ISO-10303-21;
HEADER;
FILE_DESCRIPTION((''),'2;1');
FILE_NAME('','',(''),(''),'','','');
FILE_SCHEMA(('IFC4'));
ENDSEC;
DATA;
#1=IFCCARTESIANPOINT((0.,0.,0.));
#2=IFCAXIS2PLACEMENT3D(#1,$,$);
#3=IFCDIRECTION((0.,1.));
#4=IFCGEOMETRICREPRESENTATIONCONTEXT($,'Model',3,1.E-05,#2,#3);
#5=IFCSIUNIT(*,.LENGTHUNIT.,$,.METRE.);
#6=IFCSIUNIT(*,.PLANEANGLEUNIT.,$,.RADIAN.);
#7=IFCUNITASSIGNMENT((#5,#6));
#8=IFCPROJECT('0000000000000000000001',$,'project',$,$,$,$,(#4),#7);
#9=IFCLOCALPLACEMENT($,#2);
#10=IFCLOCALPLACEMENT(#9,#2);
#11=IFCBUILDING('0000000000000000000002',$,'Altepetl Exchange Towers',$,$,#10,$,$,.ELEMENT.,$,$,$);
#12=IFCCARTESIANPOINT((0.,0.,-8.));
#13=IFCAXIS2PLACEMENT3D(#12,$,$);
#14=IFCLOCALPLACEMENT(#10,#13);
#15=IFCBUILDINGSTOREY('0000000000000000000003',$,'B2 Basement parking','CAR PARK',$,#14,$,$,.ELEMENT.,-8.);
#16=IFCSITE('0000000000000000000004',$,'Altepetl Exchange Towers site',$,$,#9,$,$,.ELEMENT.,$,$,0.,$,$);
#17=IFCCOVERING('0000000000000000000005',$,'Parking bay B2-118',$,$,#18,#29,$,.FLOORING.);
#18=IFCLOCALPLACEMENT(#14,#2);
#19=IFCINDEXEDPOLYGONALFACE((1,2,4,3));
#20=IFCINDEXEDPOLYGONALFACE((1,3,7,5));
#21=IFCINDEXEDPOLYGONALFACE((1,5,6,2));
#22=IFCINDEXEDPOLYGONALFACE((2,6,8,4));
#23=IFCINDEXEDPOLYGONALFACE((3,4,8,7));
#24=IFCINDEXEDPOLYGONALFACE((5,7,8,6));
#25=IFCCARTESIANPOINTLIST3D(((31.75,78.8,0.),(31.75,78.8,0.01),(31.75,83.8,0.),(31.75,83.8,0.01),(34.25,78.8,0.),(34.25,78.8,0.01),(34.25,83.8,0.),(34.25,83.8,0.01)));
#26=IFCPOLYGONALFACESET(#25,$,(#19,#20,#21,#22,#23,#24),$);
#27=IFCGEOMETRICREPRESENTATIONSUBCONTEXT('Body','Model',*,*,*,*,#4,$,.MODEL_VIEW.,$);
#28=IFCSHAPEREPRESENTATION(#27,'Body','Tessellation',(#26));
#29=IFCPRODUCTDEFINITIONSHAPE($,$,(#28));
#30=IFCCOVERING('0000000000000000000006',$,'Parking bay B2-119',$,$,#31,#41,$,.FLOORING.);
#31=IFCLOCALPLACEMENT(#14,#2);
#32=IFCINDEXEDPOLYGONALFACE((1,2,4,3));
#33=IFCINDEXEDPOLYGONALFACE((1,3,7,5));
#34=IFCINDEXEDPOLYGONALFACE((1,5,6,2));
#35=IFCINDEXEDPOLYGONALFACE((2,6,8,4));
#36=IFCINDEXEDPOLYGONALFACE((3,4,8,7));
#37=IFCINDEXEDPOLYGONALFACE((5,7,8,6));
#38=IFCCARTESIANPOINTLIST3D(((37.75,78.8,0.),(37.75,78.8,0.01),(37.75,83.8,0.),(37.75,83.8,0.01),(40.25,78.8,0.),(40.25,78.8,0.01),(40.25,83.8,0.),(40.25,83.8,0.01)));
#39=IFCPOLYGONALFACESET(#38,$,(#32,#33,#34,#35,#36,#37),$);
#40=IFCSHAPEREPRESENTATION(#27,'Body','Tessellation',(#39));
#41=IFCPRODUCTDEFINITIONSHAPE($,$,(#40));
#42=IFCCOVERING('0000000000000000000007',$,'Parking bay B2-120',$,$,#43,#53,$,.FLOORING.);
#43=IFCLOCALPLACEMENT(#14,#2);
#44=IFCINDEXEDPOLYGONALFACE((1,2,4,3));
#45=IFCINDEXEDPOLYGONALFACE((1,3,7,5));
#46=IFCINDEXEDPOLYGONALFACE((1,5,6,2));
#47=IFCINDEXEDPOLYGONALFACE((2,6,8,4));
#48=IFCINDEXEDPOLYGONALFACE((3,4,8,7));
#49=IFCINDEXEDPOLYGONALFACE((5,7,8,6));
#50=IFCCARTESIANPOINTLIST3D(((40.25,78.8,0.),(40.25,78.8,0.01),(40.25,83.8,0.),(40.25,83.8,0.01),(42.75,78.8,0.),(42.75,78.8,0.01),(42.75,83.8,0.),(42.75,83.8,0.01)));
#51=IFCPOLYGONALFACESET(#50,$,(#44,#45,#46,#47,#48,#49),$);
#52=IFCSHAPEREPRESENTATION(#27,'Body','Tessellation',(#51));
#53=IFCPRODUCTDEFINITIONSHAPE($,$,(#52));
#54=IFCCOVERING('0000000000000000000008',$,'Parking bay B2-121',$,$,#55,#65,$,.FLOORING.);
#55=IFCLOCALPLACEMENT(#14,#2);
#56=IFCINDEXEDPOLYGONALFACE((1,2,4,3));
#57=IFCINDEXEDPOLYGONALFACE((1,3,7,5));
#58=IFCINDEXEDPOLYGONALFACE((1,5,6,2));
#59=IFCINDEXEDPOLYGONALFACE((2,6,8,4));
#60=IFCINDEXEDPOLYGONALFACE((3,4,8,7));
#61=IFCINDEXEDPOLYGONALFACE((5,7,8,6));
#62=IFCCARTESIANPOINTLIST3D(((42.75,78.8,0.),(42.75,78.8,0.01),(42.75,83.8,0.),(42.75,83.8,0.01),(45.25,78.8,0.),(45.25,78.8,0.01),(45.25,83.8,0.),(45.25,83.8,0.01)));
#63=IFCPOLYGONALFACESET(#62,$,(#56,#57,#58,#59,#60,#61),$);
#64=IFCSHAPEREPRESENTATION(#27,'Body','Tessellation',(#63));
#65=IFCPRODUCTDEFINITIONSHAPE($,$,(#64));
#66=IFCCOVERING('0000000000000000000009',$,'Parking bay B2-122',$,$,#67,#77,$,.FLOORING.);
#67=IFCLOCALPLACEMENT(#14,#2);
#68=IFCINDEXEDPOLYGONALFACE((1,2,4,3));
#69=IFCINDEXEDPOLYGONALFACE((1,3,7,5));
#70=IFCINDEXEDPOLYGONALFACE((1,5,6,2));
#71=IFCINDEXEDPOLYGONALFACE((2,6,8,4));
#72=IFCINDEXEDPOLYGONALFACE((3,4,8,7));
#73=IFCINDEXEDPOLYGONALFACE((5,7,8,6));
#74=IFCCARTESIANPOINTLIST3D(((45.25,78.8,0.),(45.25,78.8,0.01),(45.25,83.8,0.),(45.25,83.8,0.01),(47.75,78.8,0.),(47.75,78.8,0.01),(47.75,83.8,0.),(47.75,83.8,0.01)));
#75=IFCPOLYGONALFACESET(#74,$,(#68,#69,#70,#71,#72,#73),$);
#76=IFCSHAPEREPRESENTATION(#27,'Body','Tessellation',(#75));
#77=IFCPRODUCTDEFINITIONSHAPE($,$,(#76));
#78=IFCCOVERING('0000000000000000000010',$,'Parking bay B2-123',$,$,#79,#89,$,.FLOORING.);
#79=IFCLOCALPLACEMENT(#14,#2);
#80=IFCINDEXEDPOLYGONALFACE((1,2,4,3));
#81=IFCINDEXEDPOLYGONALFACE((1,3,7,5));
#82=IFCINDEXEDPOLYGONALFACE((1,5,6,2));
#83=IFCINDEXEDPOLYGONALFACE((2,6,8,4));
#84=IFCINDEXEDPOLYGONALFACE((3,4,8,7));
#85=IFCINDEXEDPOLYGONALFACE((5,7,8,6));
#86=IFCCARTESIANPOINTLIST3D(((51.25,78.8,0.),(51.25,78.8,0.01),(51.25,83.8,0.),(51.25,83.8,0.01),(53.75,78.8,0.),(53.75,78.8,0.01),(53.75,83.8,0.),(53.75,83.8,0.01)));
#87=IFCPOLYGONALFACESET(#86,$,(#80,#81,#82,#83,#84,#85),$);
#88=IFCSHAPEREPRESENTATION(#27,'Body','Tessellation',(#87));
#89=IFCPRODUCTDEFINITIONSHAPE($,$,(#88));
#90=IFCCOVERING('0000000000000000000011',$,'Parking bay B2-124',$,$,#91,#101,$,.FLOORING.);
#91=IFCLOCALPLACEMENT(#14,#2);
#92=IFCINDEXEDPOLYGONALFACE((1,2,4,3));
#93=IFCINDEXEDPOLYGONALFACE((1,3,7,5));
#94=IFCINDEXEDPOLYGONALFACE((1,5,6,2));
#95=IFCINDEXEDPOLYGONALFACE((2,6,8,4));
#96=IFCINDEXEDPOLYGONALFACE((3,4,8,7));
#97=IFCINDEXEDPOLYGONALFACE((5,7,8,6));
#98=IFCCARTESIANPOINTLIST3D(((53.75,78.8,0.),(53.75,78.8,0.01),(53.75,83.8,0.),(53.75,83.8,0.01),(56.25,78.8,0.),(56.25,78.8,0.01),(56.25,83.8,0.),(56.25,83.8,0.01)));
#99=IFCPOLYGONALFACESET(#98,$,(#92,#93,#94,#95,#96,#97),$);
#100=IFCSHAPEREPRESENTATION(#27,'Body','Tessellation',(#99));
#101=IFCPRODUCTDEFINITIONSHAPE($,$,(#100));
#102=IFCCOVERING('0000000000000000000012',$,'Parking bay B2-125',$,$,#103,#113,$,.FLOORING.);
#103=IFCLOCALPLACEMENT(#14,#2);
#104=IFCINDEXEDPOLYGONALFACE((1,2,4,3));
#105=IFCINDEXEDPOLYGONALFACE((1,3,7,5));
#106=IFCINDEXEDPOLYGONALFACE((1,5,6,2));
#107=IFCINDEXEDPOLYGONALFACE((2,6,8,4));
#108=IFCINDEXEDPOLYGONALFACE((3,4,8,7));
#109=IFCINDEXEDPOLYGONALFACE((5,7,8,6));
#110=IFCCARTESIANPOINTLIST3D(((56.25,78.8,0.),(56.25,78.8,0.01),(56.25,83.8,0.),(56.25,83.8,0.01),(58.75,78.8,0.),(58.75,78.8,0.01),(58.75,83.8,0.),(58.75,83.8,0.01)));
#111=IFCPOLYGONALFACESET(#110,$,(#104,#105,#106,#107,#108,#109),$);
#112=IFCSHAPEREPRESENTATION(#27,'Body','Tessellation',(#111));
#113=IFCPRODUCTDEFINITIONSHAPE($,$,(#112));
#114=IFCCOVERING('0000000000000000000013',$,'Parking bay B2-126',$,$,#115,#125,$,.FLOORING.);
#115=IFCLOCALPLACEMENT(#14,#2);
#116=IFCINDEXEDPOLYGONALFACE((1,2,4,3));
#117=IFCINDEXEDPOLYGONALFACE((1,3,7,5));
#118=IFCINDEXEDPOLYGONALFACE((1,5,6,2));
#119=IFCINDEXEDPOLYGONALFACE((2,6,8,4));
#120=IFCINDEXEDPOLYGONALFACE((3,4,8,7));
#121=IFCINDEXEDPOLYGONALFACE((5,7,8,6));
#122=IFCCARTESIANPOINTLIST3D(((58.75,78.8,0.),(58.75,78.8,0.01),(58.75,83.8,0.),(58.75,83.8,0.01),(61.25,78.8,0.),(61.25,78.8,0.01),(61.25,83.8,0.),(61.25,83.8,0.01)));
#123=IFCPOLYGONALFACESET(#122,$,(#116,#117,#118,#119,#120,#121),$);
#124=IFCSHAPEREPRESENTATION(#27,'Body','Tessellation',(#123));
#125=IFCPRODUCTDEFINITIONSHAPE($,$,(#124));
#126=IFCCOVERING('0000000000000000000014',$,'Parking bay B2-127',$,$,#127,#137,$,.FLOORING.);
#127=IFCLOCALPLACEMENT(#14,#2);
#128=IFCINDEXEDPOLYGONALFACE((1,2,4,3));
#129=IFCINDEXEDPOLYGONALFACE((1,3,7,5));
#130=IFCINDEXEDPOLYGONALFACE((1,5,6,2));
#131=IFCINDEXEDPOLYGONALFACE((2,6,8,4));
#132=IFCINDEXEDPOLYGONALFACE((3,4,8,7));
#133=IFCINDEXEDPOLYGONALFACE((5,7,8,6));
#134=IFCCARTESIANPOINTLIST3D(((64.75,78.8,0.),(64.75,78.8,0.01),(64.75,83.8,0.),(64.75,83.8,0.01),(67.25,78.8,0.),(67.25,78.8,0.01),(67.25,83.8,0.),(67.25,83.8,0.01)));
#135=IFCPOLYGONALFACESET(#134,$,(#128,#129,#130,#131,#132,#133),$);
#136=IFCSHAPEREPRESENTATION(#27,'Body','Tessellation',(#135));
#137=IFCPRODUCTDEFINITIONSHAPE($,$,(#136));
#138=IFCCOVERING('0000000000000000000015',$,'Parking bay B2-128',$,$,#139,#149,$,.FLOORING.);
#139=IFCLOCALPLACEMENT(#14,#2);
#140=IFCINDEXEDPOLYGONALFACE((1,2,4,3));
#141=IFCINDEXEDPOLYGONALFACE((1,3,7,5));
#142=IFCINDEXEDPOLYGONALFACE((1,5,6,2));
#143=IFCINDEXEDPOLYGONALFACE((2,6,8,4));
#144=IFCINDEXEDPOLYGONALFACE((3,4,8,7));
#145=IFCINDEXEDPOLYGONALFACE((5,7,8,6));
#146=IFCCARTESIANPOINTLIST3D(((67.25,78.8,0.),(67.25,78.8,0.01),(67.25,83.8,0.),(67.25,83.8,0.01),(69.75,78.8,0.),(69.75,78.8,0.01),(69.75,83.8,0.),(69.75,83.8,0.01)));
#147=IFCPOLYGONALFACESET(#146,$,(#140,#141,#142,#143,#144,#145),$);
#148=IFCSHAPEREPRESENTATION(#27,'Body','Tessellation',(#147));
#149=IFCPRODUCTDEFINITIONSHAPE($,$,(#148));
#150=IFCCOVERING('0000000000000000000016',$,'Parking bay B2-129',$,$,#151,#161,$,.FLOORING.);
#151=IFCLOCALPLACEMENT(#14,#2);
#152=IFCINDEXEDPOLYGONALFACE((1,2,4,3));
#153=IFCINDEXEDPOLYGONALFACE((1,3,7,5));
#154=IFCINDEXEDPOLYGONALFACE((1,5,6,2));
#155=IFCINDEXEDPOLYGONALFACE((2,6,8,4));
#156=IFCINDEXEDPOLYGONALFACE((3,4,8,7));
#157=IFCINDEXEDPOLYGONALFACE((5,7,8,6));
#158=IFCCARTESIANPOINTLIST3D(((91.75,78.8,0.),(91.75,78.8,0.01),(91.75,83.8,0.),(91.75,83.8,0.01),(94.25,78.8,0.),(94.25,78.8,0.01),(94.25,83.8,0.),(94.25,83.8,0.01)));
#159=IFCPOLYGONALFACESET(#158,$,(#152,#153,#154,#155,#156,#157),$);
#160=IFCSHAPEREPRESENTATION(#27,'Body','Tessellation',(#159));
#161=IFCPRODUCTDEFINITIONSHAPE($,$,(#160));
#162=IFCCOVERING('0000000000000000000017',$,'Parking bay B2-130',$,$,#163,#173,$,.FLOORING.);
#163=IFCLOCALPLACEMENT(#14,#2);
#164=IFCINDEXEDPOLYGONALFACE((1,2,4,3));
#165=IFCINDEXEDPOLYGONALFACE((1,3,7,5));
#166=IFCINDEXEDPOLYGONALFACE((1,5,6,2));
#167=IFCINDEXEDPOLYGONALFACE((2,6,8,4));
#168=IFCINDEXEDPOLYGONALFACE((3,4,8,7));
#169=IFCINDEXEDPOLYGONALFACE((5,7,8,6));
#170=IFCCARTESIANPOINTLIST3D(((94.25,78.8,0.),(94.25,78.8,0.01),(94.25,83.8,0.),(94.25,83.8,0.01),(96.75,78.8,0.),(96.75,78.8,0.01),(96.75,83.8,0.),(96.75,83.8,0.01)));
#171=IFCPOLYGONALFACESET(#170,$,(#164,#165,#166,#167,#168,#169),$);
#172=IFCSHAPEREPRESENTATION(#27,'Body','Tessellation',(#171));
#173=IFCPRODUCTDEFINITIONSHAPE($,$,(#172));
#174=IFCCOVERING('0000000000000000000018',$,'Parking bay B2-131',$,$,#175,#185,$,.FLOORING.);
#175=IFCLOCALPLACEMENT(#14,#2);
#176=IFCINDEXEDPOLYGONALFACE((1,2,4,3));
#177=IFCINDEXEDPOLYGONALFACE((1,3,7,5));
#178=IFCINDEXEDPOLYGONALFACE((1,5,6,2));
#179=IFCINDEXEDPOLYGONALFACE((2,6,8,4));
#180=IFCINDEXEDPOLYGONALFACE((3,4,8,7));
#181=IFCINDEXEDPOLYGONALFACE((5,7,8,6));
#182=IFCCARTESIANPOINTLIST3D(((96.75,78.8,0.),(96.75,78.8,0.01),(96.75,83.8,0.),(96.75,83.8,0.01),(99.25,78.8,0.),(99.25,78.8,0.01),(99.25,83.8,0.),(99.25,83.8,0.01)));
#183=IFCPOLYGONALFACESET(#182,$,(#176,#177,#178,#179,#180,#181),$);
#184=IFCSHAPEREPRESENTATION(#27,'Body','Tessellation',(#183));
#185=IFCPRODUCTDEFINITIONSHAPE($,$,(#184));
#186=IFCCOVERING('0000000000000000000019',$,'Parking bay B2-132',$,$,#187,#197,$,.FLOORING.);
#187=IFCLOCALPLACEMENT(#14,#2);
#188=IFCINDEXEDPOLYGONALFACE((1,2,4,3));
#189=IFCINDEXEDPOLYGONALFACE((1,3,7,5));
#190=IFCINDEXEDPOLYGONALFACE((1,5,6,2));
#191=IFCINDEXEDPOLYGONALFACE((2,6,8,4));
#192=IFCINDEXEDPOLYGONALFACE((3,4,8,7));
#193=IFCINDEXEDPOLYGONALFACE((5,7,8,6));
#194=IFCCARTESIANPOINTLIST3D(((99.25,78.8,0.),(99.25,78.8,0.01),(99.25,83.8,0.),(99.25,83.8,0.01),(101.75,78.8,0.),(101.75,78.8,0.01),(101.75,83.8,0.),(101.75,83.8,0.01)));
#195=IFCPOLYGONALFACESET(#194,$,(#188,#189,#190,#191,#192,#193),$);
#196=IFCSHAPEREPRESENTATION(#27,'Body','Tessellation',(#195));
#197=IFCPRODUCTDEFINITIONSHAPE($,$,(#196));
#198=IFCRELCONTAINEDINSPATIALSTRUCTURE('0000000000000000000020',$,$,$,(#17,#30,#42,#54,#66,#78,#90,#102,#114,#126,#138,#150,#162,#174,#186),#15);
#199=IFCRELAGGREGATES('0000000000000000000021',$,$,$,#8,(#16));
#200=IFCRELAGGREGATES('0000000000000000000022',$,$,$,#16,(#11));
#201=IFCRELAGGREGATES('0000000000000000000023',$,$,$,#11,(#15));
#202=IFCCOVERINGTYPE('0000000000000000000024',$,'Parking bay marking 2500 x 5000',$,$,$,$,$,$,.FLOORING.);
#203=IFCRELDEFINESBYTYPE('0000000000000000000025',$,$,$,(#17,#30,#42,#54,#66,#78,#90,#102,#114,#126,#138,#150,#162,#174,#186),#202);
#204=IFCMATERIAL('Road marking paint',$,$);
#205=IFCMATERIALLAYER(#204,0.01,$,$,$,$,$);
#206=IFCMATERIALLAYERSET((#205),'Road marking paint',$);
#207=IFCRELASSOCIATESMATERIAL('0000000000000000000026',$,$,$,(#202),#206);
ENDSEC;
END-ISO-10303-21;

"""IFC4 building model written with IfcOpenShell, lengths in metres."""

from ifc_helpers import new_model, si_unit, direction, frame, origin, place, context, subcontext, project, spatial, polyline, outline, extrude, material, layer, layer_set, type_object, element, save


model = new_model("IFC4")

# Units and contexts
model_context = context("Model", 3, precision=1e-05, world=origin(), true_north=direction((0.0, 1.0)))
body_context = subcontext(model_context, "Body", "Model", "MODEL_VIEW")
ifc_project = project(units=[si_unit("LENGTHUNIT", "METRE"), si_unit("PLANEANGLEUNIT", "RADIAN")], contexts=[model_context])

# Site, building, storey
site_placement = place(None, origin())
site = spatial("IfcSite", under=ifc_project, at=site_placement, Name="Altepetl Exchange Towers site", CompositionType="ELEMENT", RefElevation=0.0)
building_placement = place(site_placement, origin())
building = spatial("IfcBuilding", under=site, at=building_placement, Name="Altepetl Exchange Towers", CompositionType="ELEMENT")
storey_placement = place(building_placement, frame((0.0, 0.0, -8.0)))
storey = spatial("IfcBuildingStorey", under=building, at=storey_placement, Name="B2 Basement parking", Description="CAR PARK", CompositionType="ELEMENT", Elevation=-8.0)

# Coverings
ifc_material_1 = material(Name="Road marking paint")
ifc_layer_1 = layer(ifc_material_1, 0.01)
ifc_layer_set_1 = layer_set([ifc_layer_1], Name="Road marking paint")
covering_type = type_object("IfcCoveringType", Name="Parking bay marking 2500 x 5000", PredefinedType="FLOORING", material=ifc_layer_set_1)
covering_1_placement = place(storey_placement, origin())
element("IfcCovering", 1, at=covering_1_placement, inside=storey, type_object=covering_type, Name="Parking bay B2-118", PredefinedType="FLOORING", context=body_context, shape_type="SweptSolid", body=[
    extrude(outline(polyline([(31.75, 78.8), (34.25, 78.8), (34.25, 83.8), (31.75, 83.8), (31.75, 78.8)])), origin(), (0.0, 0.0, 1.0), 0.01),
])
covering_2_placement = place(storey_placement, origin())
element("IfcCovering", 2, at=covering_2_placement, inside=storey, type_object=covering_type, Name="Parking bay B2-119", PredefinedType="FLOORING", context=body_context, shape_type="SweptSolid", body=[
    extrude(outline(polyline([(37.75, 78.8), (40.25, 78.8), (40.25, 83.8), (37.75, 83.8), (37.75, 78.8)])), origin(), (0.0, 0.0, 1.0), 0.01),
])
covering_3_placement = place(storey_placement, origin())
element("IfcCovering", 3, at=covering_3_placement, inside=storey, type_object=covering_type, Name="Parking bay B2-120", PredefinedType="FLOORING", context=body_context, shape_type="SweptSolid", body=[
    extrude(outline(polyline([(40.25, 78.8), (42.75, 78.8), (42.75, 83.8), (40.25, 83.8), (40.25, 78.8)])), origin(), (0.0, 0.0, 1.0), 0.01),
])
covering_4_placement = place(storey_placement, origin())
element("IfcCovering", 4, at=covering_4_placement, inside=storey, type_object=covering_type, Name="Parking bay B2-121", PredefinedType="FLOORING", context=body_context, shape_type="SweptSolid", body=[
    extrude(outline(polyline([(42.75, 78.8), (45.25, 78.8), (45.25, 83.8), (42.75, 83.8), (42.75, 78.8)])), origin(), (0.0, 0.0, 1.0), 0.01),
])
covering_5_placement = place(storey_placement, origin())
element("IfcCovering", 5, at=covering_5_placement, inside=storey, type_object=covering_type, Name="Parking bay B2-122", PredefinedType="FLOORING", context=body_context, shape_type="SweptSolid", body=[
    extrude(outline(polyline([(45.25, 78.8), (47.75, 78.8), (47.75, 83.8), (45.25, 83.8), (45.25, 78.8)])), origin(), (0.0, 0.0, 1.0), 0.01),
])
covering_6_placement = place(storey_placement, origin())
element("IfcCovering", 6, at=covering_6_placement, inside=storey, type_object=covering_type, Name="Parking bay B2-123", PredefinedType="FLOORING", context=body_context, shape_type="SweptSolid", body=[
    extrude(outline(polyline([(51.25, 78.8), (53.75, 78.8), (53.75, 83.8), (51.25, 83.8), (51.25, 78.8)])), origin(), (0.0, 0.0, 1.0), 0.01),
])
covering_7_placement = place(storey_placement, origin())
element("IfcCovering", 7, at=covering_7_placement, inside=storey, type_object=covering_type, Name="Parking bay B2-124", PredefinedType="FLOORING", context=body_context, shape_type="SweptSolid", body=[
    extrude(outline(polyline([(53.75, 78.8), (56.25, 78.8), (56.25, 83.8), (53.75, 83.8), (53.75, 78.8)])), origin(), (0.0, 0.0, 1.0), 0.01),
])
covering_8_placement = place(storey_placement, origin())
element("IfcCovering", 8, at=covering_8_placement, inside=storey, type_object=covering_type, Name="Parking bay B2-125", PredefinedType="FLOORING", context=body_context, shape_type="SweptSolid", body=[
    extrude(outline(polyline([(56.25, 78.8), (58.75, 78.8), (58.75, 83.8), (56.25, 83.8), (56.25, 78.8)])), origin(), (0.0, 0.0, 1.0), 0.01),
])
covering_9_placement = place(storey_placement, origin())
element("IfcCovering", 9, at=covering_9_placement, inside=storey, type_object=covering_type, Name="Parking bay B2-126", PredefinedType="FLOORING", context=body_context, shape_type="SweptSolid", body=[
    extrude(outline(polyline([(58.75, 78.8), (61.25, 78.8), (61.25, 83.8), (58.75, 83.8), (58.75, 78.8)])), origin(), (0.0, 0.0, 1.0), 0.01),
])
covering_10_placement = place(storey_placement, origin())
element("IfcCovering", 10, at=covering_10_placement, inside=storey, type_object=covering_type, Name="Parking bay B2-127", PredefinedType="FLOORING", context=body_context, shape_type="SweptSolid", body=[
    extrude(outline(polyline([(64.75, 78.8), (67.25, 78.8), (67.25, 83.8), (64.75, 83.8), (64.75, 78.8)])), origin(), (0.0, 0.0, 1.0), 0.01),
])
covering_11_placement = place(storey_placement, origin())
element("IfcCovering", 11, at=covering_11_placement, inside=storey, type_object=covering_type, Name="Parking bay B2-128", PredefinedType="FLOORING", context=body_context, shape_type="SweptSolid", body=[
    extrude(outline(polyline([(67.25, 78.8), (69.75, 78.8), (69.75, 83.8), (67.25, 83.8), (67.25, 78.8)])), origin(), (0.0, 0.0, 1.0), 0.01),
])
covering_12_placement = place(storey_placement, origin())
element("IfcCovering", 12, at=covering_12_placement, inside=storey, type_object=covering_type, Name="Parking bay B2-129", PredefinedType="FLOORING", context=body_context, shape_type="SweptSolid", body=[
    extrude(outline(polyline([(91.75, 78.8), (94.25, 78.8), (94.25, 83.8), (91.75, 83.8), (91.75, 78.8)])), origin(), (0.0, 0.0, 1.0), 0.01),
])
covering_13_placement = place(storey_placement, origin())
element("IfcCovering", 13, at=covering_13_placement, inside=storey, type_object=covering_type, Name="Parking bay B2-130", PredefinedType="FLOORING", context=body_context, shape_type="SweptSolid", body=[
    extrude(outline(polyline([(94.25, 78.8), (96.75, 78.8), (96.75, 83.8), (94.25, 83.8), (94.25, 78.8)])), origin(), (0.0, 0.0, 1.0), 0.01),
])
covering_14_placement = place(storey_placement, origin())
element("IfcCovering", 14, at=covering_14_placement, inside=storey, type_object=covering_type, Name="Parking bay B2-131", PredefinedType="FLOORING", context=body_context, shape_type="SweptSolid", body=[
    extrude(outline(polyline([(96.75, 78.8), (99.25, 78.8), (99.25, 83.8), (96.75, 83.8), (96.75, 78.8)])), origin(), (0.0, 0.0, 1.0), 0.01),
])
covering_15_placement = place(storey_placement, origin())
element("IfcCovering", 15, at=covering_15_placement, inside=storey, type_object=covering_type, Name="Parking bay B2-132", PredefinedType="FLOORING", context=body_context, shape_type="SweptSolid", body=[
    extrude(outline(polyline([(99.25, 78.8), (101.75, 78.8), (101.75, 83.8), (99.25, 83.8), (99.25, 78.8)])), origin(), (0.0, 0.0, 1.0), 0.01),
])

save(model, "model.ifc")
